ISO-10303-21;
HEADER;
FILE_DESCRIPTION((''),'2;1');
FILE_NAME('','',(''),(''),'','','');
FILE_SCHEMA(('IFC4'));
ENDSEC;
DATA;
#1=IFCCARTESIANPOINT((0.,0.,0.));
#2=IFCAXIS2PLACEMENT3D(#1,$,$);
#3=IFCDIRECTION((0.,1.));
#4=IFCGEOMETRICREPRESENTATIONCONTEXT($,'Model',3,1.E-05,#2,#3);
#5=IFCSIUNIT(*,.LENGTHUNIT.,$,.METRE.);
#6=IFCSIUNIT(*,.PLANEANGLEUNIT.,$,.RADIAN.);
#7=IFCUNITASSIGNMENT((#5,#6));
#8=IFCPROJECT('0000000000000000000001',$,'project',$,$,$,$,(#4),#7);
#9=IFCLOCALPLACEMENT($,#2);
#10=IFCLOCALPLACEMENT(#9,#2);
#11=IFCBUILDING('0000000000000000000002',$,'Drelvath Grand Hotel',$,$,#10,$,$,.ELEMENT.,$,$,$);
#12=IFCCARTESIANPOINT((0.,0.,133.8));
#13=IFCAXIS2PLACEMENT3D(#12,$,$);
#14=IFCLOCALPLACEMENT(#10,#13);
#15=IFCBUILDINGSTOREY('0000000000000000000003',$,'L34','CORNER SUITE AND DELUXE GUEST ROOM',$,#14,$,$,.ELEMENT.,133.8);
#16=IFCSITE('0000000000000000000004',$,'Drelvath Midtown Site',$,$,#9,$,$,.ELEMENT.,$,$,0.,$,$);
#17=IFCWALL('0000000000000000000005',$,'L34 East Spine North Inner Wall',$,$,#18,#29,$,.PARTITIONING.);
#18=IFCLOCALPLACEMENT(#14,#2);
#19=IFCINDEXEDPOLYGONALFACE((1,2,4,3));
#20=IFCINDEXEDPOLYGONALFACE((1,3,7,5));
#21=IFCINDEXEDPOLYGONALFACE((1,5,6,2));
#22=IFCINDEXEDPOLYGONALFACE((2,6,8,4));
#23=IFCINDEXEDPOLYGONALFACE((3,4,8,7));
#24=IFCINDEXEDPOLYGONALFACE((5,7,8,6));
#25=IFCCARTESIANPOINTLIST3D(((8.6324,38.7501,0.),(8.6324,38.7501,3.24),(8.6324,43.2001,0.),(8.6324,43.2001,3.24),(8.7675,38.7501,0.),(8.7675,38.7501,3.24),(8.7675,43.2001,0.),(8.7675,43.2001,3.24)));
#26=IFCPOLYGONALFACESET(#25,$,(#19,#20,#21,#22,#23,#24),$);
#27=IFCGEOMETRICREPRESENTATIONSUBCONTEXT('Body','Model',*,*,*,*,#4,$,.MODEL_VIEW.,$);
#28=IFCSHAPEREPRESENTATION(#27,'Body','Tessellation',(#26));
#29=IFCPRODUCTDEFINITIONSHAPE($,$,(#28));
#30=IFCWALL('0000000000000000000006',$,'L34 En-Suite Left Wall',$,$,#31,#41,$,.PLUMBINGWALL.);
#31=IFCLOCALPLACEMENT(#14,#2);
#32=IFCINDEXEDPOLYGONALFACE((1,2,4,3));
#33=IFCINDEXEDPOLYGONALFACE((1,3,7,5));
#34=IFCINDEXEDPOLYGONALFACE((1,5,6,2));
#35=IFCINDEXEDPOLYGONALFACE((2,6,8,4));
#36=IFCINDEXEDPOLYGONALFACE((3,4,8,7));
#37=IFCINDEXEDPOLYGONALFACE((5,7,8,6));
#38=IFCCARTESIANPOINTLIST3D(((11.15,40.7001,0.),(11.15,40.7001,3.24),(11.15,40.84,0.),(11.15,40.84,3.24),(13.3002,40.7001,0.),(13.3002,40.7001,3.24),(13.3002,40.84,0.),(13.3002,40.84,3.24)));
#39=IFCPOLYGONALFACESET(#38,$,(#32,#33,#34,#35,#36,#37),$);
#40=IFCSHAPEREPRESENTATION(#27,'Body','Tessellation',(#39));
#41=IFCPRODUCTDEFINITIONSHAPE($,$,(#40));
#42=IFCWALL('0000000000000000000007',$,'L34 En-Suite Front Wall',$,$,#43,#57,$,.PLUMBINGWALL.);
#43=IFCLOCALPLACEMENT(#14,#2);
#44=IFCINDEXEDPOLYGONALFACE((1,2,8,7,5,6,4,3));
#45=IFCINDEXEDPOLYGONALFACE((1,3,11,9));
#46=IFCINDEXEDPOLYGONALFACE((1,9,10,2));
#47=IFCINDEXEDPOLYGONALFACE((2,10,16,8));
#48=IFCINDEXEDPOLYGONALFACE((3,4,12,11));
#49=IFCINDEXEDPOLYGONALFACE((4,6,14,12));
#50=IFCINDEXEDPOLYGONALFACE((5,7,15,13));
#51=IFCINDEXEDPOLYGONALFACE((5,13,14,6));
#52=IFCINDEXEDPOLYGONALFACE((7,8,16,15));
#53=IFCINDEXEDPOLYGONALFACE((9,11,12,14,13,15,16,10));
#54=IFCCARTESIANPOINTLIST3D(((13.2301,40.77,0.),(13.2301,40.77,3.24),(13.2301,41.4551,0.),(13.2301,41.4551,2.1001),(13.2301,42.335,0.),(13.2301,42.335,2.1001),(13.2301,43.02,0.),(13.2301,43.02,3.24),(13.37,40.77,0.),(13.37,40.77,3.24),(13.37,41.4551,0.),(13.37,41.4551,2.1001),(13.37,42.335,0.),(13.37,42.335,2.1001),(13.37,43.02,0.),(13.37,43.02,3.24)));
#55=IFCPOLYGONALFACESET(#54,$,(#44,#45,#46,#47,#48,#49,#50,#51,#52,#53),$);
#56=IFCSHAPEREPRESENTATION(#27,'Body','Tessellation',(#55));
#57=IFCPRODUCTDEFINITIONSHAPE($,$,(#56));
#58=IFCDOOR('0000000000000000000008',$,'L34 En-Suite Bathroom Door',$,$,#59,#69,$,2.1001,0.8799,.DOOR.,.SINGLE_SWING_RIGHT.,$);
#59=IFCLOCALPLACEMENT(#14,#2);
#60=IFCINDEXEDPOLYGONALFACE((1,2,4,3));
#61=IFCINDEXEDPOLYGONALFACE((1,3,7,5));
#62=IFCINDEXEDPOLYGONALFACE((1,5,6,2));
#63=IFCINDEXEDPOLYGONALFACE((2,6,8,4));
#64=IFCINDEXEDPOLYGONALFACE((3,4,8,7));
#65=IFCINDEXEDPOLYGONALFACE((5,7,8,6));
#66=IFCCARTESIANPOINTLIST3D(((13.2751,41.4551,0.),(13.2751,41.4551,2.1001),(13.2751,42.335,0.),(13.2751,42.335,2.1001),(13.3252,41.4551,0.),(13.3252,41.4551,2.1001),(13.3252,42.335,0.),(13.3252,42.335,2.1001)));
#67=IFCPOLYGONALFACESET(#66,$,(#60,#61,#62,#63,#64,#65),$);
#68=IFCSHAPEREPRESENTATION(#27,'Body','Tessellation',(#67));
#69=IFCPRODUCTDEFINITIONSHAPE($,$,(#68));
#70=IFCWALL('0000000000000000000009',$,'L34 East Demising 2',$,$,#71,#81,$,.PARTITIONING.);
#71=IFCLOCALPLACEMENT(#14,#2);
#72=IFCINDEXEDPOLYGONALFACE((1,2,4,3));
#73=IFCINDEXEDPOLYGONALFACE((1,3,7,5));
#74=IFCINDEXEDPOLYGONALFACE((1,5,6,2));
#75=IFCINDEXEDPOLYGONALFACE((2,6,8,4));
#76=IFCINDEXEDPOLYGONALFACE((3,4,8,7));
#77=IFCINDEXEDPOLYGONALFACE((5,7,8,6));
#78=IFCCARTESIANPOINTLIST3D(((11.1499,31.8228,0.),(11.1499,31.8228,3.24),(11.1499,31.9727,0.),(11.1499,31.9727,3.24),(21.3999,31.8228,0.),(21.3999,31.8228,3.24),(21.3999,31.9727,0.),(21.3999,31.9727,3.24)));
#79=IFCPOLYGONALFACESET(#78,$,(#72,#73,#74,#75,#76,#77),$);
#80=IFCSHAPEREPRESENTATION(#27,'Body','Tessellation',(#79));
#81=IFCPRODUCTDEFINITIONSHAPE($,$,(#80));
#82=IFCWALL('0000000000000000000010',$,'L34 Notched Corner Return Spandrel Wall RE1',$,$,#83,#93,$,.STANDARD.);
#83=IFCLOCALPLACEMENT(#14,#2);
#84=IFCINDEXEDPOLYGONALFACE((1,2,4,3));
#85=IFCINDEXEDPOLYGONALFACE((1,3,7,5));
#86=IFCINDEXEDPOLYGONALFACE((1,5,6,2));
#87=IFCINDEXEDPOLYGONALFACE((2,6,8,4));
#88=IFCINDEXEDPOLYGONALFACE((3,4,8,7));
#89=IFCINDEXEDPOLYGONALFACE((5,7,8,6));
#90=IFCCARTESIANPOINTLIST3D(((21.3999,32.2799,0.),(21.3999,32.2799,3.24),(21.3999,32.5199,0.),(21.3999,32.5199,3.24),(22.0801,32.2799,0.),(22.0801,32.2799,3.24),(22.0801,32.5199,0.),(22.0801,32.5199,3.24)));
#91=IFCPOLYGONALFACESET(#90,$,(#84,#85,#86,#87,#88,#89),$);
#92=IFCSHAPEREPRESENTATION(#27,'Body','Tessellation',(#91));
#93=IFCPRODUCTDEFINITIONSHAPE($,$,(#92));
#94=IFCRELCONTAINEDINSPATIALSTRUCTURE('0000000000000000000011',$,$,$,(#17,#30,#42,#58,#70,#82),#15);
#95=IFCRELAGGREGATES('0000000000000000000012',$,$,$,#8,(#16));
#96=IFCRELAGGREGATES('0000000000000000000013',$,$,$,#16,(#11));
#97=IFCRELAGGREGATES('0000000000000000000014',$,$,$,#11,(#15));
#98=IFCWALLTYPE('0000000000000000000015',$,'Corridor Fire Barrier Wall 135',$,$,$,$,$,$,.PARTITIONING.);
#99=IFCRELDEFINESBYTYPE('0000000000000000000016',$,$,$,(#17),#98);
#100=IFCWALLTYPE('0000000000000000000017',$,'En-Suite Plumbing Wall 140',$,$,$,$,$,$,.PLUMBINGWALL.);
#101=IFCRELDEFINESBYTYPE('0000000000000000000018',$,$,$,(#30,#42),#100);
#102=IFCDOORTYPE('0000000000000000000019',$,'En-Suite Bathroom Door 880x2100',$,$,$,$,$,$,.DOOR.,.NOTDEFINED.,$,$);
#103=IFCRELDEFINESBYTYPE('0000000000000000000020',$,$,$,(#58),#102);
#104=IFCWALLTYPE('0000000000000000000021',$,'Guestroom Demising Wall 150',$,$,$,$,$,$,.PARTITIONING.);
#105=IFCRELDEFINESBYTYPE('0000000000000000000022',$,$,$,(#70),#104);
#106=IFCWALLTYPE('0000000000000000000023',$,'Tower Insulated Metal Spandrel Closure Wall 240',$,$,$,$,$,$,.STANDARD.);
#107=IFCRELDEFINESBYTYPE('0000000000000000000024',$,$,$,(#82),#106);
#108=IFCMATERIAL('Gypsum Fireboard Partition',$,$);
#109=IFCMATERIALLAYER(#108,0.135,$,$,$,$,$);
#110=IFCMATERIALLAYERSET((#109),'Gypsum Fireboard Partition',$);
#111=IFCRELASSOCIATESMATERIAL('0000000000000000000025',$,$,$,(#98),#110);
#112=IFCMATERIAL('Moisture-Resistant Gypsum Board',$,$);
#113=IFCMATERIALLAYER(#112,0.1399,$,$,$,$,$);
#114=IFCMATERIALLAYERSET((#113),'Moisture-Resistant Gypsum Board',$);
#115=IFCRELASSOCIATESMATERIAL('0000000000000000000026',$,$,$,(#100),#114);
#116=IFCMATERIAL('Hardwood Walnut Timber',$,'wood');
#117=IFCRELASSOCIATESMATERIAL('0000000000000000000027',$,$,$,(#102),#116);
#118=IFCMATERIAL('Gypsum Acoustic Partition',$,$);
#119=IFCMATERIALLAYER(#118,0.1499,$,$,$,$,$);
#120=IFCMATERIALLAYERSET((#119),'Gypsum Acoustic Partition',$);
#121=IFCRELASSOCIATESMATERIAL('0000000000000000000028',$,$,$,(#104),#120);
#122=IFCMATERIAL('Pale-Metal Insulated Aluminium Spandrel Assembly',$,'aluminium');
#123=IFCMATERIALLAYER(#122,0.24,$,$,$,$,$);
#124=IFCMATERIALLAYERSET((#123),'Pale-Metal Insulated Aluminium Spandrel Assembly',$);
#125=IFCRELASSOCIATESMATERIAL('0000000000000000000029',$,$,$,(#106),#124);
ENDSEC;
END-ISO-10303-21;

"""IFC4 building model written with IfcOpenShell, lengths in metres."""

from ifc_helpers import new_model, si_unit, direction, frame, frame_2d, origin, place, context, subcontext, project, spatial, rectangle, extrude, material, layer, layer_set, type_object, element, fill, save


model = new_model("IFC4")

# Units and contexts
model_context = context("Model", 3, precision=1e-05, world=origin(), true_north=direction((0.0, 1.0)))
body_context = subcontext(model_context, "Body", "Model", "MODEL_VIEW")
ifc_project = project(units=[si_unit("LENGTHUNIT", "METRE"), si_unit("PLANEANGLEUNIT", "RADIAN")], contexts=[model_context])

# Site, building, storey
site_placement = place(None, origin())
site = spatial("IfcSite", under=ifc_project, at=site_placement, Name="Drelvath Midtown Site", CompositionType="ELEMENT", RefElevation=0.0)
building_placement = place(site_placement, origin())
building = spatial("IfcBuilding", under=site, at=building_placement, Name="Drelvath Grand Hotel", CompositionType="ELEMENT")
storey_placement = place(building_placement, frame((0.0, 0.0, 133.8)))
storey = spatial("IfcBuildingStorey", under=building, at=storey_placement, Name="L34", Description="CORNER SUITE AND DELUXE GUEST ROOM", CompositionType="ELEMENT", Elevation=133.8)

# Walls
ifc_material_1 = material(Name="Gypsum Fireboard Partition")
ifc_layer_1 = layer(ifc_material_1, 0.135)
ifc_layer_set_1 = layer_set([ifc_layer_1], Name="Gypsum Fireboard Partition")
wall_type_1 = type_object("IfcWallType", Name="Corridor Fire Barrier Wall 135", PredefinedType="PARTITIONING", material=ifc_layer_set_1)
wall_1_placement = place(storey_placement, frame((8.7, 38.75, 0.0), z_axis=(0.0, 0.0, 1.0), x_axis=(0.0, 1.0, 0.0)))
element("IfcWall", 1, at=wall_1_placement, inside=storey, type_object=wall_type_1, Name="L34 East Spine North Inner Wall", PredefinedType="PARTITIONING", context=body_context, shape_type="SweptSolid", body=[
    extrude(rectangle(XDim=4.45, YDim=0.135, at=frame_2d((2.2251, 0.0))), origin(), (0.0, 0.0, 1.0), 3.24),
])
ifc_material_2 = material(Name="Moisture-Resistant Gypsum Board")
ifc_layer_2 = layer(ifc_material_2, 0.1399)
ifc_layer_set_2 = layer_set([ifc_layer_2], Name="Moisture-Resistant Gypsum Board")
wall_type_2 = type_object("IfcWallType", Name="En-Suite Plumbing Wall 140", PredefinedType="PLUMBINGWALL", material=ifc_layer_set_2)
wall_2_placement = place(storey_placement, frame((11.1499, 40.77, 0.0), z_axis=(0.0, 0.0, 1.0), x_axis=(1.0, 0.0, 0.0)))
element("IfcWall", 2, at=wall_2_placement, inside=storey, type_object=wall_type_2, Name="L34 En-Suite Left Wall", PredefinedType="PLUMBINGWALL", context=body_context, shape_type="SweptSolid", body=[
    extrude(rectangle(XDim=2.1501, YDim=0.1399, at=frame_2d((1.0752, 0.0))), origin(), (0.0, 0.0, 1.0), 3.24),
])

# Wall, opening, door
wall_3_placement = place(storey_placement, frame((13.3, 40.77, 0.0), z_axis=(0.0, 0.0, 1.0), x_axis=(0.0, 1.0, 0.0)))
wall_3 = element("IfcWall", 3, at=wall_3_placement, inside=storey, type_object=wall_type_2, Name="L34 En-Suite Front Wall", PredefinedType="PLUMBINGWALL", context=body_context, shape_type="SweptSolid", body=[
    extrude(rectangle(XDim=2.25, YDim=0.1399, at=frame_2d((1.125, 0.0))), origin(), (0.0, 0.0, 1.0), 3.24),
])
opening_placement = place(wall_3_placement, frame((0.6851, 0.0, 0.0)))
opening = element("IfcOpeningElement", 4, at=opening_placement, cuts=wall_3, PredefinedType="OPENING", context=body_context, shape_type="SweptSolid", body=[
    extrude(rectangle(XDim=0.8799, YDim=2.1001, at=frame_2d((0.4399, 1.05))), frame((0.0, 0.0798, 0.0), z_axis=(0.0, -1.0, 0.0), x_axis=(1.0, 0.0, 0.0)), (0.0, 0.0, 1.0), 0.1599),
])
ifc_material_3 = material(Name="Hardwood Walnut Timber", Category="wood")
door_type = type_object("IfcDoorType", Name="En-Suite Bathroom Door 880x2100", OperationType="NOTDEFINED", PredefinedType="DOOR", material=ifc_material_3)
door_placement = place(opening_placement, origin())
door = element("IfcDoor", 5, at=door_placement, inside=storey, type_object=door_type, Name="L34 En-Suite Bathroom Door", OperationType="SINGLE_SWING_RIGHT", OverallHeight=2.1001, OverallWidth=0.8799, PredefinedType="DOOR", context=body_context, shape_type="SweptSolid", body=[
    extrude(rectangle(XDim=0.8799, YDim=2.1001, at=frame_2d((0.4399, 1.05))), frame((0.0, 0.0249, 0.0), z_axis=(0.0, -1.0, 0.0), x_axis=(1.0, 0.0, 0.0)), (0.0, 0.0, 1.0), 0.05),
])
fill(opening, door)

# Walls
ifc_material_4 = material(Name="Gypsum Acoustic Partition")
ifc_layer_3 = layer(ifc_material_4, 0.1499)
ifc_layer_set_3 = layer_set([ifc_layer_3], Name="Gypsum Acoustic Partition")
wall_type_3 = type_object("IfcWallType", Name="Guestroom Demising Wall 150", PredefinedType="PARTITIONING", material=ifc_layer_set_3)
wall_4_placement = place(storey_placement, frame((11.1499, 31.8977, 0.0), z_axis=(0.0, 0.0, 1.0), x_axis=(1.0, 0.0, 0.0)))
element("IfcWall", 6, at=wall_4_placement, inside=storey, type_object=wall_type_3, Name="L34 East Demising 2", PredefinedType="PARTITIONING", context=body_context, shape_type="SweptSolid", body=[
    extrude(rectangle(XDim=10.25, YDim=0.1499, at=frame_2d((5.125, 0.0))), origin(), (0.0, 0.0, 1.0), 3.24),
])
ifc_material_5 = material(Name="Pale-Metal Insulated Aluminium Spandrel Assembly", Category="aluminium")
ifc_layer_4 = layer(ifc_material_5, 0.24)
ifc_layer_set_4 = layer_set([ifc_layer_4], Name="Pale-Metal Insulated Aluminium Spandrel Assembly")
wall_type_4 = type_object("IfcWallType", Name="Tower Insulated Metal Spandrel Closure Wall 240", PredefinedType="STANDARD", material=ifc_layer_set_4)
wall_5_placement = place(storey_placement, frame((22.0801, 32.3999, 0.0), z_axis=(0.0, 0.0, 1.0), x_axis=(-1.0, 0.0, 0.0)))
element("IfcWall", 7, at=wall_5_placement, inside=storey, type_object=wall_type_4, Name="L34 Notched Corner Return Spandrel Wall RE1", PredefinedType="STANDARD", context=body_context, shape_type="SweptSolid", body=[
    extrude(rectangle(XDim=0.6802, YDim=0.24, at=frame_2d((0.3401, 0.0))), origin(), (0.0, 0.0, 1.0), 3.24),
])

save(model, "model.ifc")
